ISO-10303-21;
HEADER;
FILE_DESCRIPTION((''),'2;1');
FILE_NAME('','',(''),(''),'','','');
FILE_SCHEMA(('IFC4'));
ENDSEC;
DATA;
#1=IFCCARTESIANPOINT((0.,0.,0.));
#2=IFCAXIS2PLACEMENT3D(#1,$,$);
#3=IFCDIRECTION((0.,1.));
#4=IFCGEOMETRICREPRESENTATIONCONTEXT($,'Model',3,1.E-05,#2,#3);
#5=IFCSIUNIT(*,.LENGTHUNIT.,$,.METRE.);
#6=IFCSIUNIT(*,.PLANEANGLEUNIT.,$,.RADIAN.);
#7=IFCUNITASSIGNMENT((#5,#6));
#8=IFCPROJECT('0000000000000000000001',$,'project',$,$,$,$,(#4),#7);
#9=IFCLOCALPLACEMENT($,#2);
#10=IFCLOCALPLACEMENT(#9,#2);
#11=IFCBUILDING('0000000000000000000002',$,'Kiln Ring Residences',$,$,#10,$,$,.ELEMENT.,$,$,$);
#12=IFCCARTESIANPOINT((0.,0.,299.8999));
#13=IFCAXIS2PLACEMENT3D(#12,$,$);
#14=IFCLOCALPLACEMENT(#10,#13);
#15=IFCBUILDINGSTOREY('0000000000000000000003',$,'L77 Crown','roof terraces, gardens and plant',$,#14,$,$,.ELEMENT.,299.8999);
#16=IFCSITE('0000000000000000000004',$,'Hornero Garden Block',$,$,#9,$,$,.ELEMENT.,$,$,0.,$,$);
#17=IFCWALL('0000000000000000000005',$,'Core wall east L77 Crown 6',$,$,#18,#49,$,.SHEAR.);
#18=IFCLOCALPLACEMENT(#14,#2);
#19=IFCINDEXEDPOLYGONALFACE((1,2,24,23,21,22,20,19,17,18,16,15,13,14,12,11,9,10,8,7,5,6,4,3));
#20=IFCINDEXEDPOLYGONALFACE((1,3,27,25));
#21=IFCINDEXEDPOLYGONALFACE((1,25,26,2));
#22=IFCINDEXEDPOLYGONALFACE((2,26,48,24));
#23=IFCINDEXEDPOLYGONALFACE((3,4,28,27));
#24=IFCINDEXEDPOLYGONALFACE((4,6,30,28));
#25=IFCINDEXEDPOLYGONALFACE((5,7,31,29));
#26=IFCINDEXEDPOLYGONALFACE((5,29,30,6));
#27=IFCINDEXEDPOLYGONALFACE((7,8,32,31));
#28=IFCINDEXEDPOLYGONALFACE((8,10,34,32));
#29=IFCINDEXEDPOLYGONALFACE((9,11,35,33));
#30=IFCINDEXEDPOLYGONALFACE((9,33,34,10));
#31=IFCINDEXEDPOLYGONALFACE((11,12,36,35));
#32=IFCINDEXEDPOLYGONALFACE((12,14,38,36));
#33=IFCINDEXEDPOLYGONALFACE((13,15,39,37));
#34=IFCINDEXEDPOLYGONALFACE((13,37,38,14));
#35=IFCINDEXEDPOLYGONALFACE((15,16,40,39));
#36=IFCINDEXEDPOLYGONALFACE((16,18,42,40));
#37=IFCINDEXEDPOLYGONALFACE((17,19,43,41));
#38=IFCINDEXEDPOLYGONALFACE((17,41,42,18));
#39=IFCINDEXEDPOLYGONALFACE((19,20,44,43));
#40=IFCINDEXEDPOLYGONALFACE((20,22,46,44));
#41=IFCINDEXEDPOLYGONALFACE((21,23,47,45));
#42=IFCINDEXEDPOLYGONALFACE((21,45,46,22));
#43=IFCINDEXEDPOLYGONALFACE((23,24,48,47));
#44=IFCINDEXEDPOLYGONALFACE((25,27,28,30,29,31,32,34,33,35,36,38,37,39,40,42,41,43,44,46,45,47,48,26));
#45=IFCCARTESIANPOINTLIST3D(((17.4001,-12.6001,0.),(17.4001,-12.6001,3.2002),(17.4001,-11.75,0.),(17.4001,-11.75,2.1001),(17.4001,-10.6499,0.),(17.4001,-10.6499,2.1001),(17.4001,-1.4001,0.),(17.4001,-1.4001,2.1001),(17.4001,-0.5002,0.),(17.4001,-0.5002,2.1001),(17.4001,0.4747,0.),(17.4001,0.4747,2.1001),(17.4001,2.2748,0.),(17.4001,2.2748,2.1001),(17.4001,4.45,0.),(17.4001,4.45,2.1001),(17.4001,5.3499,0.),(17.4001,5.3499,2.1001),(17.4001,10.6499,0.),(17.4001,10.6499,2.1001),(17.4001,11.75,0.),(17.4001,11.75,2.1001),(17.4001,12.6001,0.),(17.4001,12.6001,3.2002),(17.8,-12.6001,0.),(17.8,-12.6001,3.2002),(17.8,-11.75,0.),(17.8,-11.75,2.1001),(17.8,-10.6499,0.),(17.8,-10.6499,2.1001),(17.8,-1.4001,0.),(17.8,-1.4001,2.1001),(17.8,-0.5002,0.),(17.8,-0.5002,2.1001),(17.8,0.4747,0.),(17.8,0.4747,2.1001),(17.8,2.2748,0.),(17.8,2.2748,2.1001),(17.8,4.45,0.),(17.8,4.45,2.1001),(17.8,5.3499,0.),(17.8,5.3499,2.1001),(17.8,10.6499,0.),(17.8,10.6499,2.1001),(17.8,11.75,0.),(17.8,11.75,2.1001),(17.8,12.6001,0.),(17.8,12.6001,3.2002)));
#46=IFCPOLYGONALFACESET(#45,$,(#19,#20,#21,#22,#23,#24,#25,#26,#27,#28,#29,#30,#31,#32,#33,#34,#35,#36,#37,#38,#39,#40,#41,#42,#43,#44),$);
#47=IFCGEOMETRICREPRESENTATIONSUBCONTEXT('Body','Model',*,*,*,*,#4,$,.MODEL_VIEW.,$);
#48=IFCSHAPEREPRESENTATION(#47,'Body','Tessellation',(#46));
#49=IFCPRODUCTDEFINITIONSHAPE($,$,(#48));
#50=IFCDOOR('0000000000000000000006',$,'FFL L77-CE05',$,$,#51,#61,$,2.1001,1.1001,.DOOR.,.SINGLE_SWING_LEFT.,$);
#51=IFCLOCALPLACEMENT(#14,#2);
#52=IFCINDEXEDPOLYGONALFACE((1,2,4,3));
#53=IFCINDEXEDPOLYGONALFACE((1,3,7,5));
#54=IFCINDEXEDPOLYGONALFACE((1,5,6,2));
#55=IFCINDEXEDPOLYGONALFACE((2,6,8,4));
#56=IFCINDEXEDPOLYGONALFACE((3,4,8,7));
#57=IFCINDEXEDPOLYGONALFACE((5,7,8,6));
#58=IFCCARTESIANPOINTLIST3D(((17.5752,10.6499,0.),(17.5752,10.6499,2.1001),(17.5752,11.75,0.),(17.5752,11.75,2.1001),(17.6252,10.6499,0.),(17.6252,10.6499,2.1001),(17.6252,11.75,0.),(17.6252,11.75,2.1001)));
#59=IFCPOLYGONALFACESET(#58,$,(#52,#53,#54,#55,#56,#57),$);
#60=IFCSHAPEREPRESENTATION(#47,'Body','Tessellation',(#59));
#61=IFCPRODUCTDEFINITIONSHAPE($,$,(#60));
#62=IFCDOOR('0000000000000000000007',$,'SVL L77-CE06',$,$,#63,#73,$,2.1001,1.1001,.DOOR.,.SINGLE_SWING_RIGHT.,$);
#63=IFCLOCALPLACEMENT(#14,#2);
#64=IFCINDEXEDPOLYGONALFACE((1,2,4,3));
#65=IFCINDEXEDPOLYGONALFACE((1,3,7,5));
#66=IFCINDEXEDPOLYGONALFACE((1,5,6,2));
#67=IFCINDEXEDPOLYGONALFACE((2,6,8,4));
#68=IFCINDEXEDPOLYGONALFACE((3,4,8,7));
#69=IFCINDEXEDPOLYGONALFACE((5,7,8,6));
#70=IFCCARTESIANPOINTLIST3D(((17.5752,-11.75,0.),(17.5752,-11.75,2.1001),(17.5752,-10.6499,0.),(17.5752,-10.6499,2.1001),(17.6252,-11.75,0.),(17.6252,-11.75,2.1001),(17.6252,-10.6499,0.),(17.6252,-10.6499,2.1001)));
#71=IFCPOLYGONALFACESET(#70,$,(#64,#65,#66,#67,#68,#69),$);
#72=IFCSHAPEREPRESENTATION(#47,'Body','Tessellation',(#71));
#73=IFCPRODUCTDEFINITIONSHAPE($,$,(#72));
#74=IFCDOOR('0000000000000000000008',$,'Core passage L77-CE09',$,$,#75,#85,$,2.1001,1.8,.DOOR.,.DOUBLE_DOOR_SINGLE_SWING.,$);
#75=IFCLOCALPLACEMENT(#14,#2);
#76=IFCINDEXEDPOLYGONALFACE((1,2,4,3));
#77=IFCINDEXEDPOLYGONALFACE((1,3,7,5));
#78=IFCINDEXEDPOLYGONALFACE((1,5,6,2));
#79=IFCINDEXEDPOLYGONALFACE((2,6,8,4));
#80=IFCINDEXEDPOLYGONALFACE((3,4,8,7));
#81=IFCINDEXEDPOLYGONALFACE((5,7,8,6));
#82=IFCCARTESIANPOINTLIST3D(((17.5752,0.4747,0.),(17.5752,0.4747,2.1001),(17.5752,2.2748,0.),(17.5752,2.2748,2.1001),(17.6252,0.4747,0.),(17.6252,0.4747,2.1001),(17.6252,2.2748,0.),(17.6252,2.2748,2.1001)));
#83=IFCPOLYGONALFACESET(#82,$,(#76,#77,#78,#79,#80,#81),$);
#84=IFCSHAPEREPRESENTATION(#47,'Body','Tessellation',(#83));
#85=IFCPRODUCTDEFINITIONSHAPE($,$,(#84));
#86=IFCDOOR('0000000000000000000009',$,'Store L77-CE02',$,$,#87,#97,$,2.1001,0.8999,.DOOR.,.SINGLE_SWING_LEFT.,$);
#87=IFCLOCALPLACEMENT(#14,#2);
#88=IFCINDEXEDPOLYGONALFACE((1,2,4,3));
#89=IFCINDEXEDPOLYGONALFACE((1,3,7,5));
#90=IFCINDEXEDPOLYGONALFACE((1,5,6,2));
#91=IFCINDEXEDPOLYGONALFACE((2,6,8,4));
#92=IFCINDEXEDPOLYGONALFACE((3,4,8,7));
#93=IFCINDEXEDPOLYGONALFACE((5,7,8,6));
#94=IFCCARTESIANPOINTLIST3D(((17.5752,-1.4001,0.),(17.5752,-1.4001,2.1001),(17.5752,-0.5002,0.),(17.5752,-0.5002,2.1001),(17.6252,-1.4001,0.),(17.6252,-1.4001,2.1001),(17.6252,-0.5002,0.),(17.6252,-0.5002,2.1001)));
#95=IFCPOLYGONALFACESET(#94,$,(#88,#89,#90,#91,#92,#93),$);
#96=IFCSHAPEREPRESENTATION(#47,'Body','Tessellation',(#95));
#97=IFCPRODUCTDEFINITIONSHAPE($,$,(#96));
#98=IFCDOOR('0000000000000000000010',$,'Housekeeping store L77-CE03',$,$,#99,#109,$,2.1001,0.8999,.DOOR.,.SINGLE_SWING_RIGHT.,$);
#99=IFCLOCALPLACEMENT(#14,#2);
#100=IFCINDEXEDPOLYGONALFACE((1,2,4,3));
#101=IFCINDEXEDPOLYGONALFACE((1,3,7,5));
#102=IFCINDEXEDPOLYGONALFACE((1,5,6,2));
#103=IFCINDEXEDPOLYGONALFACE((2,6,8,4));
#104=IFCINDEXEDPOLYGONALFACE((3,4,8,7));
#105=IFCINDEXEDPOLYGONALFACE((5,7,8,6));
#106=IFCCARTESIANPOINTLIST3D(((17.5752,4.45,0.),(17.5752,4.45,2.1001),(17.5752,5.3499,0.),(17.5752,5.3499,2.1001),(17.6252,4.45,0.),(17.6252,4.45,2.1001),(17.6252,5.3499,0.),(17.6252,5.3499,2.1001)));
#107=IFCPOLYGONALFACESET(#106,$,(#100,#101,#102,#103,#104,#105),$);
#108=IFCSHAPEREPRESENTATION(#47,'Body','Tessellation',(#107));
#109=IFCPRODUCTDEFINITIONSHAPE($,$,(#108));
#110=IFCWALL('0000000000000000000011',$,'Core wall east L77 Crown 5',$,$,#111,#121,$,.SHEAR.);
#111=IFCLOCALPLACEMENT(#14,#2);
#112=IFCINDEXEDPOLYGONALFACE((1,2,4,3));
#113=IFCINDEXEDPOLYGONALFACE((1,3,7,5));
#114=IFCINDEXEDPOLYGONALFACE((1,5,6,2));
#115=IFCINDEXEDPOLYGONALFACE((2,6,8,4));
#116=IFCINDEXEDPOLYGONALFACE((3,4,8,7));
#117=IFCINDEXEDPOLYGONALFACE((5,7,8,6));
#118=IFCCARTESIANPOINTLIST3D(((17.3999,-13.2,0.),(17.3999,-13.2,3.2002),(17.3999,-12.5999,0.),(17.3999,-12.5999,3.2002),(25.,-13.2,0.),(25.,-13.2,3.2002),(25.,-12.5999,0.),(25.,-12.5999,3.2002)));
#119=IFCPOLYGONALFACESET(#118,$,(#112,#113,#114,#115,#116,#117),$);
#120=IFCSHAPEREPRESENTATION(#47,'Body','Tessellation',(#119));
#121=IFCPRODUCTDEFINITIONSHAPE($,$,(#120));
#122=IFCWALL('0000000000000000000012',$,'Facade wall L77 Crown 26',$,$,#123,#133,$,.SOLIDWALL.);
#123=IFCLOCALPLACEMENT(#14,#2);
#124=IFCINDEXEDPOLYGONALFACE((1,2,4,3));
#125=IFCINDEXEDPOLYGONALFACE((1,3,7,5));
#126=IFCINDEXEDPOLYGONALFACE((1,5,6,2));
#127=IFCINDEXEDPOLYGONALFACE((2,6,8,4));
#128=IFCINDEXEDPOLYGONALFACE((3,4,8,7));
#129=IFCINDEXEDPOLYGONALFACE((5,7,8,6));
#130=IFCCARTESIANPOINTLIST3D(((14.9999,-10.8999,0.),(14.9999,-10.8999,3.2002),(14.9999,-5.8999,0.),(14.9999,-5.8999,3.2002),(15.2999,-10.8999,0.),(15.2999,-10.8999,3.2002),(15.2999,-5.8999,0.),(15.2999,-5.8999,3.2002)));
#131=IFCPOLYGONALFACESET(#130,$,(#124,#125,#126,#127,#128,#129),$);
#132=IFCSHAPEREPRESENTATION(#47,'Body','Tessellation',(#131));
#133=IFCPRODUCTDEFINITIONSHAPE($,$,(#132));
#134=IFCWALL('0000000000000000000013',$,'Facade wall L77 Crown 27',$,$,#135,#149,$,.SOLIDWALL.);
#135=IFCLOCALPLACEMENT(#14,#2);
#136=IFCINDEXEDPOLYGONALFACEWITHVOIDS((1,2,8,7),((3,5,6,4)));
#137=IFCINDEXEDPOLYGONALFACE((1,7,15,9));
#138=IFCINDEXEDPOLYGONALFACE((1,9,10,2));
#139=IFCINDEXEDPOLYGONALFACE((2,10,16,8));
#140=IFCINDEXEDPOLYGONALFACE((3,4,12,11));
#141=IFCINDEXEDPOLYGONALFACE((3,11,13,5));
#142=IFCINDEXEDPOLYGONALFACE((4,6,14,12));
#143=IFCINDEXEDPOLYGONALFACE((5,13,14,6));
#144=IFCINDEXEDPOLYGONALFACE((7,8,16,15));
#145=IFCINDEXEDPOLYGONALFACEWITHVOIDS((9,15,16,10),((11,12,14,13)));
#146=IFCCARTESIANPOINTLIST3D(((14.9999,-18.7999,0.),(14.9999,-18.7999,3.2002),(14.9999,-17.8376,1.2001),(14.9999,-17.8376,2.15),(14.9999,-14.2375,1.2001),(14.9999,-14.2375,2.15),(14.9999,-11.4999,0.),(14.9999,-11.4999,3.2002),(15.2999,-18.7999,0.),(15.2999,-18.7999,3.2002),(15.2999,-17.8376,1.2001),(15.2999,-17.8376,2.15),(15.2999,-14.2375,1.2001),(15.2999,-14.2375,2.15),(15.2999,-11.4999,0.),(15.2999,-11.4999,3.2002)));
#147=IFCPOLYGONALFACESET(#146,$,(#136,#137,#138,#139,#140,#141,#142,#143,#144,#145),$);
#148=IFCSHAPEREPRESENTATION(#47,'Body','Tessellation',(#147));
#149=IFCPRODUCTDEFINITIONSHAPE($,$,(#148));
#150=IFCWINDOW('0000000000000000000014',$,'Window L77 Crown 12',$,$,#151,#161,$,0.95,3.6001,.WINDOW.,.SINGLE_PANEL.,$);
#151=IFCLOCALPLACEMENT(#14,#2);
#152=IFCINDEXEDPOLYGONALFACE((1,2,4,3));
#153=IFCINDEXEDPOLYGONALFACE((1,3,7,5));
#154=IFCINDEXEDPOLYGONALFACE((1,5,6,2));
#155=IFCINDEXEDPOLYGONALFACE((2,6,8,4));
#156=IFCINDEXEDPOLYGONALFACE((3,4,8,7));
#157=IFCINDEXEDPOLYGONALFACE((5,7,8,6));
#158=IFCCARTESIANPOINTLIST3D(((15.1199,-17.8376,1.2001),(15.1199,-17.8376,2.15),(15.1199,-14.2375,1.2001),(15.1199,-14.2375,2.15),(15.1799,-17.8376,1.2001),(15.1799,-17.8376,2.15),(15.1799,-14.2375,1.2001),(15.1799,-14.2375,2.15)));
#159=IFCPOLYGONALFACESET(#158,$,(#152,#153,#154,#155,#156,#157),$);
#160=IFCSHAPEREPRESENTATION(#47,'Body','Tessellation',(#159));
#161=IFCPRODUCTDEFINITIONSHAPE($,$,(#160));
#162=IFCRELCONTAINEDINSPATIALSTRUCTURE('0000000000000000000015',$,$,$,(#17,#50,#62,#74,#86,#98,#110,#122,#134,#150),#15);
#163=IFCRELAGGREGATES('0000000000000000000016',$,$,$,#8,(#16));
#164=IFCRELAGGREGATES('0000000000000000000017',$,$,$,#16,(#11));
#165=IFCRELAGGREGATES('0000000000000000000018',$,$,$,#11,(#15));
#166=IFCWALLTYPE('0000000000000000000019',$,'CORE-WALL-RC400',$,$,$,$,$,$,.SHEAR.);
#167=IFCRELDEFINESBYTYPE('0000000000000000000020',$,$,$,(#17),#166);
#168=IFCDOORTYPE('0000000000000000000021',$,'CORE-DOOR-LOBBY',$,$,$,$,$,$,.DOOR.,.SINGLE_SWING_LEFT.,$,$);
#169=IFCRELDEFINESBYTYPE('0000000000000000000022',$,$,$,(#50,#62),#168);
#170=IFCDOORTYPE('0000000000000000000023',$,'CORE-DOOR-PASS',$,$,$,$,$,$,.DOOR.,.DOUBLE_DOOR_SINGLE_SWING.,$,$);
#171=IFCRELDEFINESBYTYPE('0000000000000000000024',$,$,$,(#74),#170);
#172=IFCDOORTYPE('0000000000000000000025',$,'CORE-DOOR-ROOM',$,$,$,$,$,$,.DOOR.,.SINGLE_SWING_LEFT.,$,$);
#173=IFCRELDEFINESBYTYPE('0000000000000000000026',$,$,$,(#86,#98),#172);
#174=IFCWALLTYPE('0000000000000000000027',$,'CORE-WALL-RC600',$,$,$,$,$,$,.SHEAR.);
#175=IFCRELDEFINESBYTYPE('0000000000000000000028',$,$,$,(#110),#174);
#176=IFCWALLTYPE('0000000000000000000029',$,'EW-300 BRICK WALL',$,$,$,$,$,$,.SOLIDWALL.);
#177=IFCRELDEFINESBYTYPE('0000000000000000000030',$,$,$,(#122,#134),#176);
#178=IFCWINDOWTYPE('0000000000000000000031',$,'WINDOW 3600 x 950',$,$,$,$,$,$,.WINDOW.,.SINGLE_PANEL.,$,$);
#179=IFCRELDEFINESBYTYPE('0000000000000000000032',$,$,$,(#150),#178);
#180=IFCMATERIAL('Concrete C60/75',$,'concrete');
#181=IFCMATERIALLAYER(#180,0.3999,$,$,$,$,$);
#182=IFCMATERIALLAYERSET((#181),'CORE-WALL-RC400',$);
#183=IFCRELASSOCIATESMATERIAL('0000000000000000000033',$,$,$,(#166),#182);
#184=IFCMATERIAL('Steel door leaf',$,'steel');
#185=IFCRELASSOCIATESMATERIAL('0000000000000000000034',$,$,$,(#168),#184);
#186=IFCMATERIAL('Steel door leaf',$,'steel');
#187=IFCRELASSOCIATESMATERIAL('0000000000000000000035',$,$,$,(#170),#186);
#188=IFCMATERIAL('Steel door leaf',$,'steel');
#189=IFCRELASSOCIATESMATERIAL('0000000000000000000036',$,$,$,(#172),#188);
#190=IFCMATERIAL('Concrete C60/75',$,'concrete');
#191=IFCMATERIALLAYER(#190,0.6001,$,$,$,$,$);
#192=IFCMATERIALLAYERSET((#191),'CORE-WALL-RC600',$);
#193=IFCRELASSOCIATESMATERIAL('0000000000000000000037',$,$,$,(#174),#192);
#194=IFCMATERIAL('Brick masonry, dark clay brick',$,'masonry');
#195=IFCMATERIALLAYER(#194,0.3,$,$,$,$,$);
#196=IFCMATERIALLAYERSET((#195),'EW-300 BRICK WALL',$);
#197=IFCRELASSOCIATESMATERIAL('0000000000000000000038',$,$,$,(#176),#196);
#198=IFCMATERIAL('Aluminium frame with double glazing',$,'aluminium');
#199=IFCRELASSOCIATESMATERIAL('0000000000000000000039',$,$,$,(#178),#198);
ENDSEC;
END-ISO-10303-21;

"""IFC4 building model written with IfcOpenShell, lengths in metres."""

from ifc_helpers import new_model, si_unit, direction, frame, frame_2d, origin, place, context, subcontext, project, spatial, rectangle, extrude, material, layer, layer_set, type_object, element, fill, save


model = new_model("IFC4")

# Units and contexts
model_context = context("Model", 3, precision=1e-05, world=origin(), true_north=direction((0.0, 1.0)))
body_context = subcontext(model_context, "Body", "Model", "MODEL_VIEW")
ifc_project = project(units=[si_unit("LENGTHUNIT", "METRE"), si_unit("PLANEANGLEUNIT", "RADIAN")], contexts=[model_context])

# Site, building, storey
site_placement = place(None, origin())
site = spatial("IfcSite", under=ifc_project, at=site_placement, Name="Hornero Garden Block", CompositionType="ELEMENT", RefElevation=0.0)
building_placement = place(site_placement, origin())
building = spatial("IfcBuilding", under=site, at=building_placement, Name="Kiln Ring Residences", CompositionType="ELEMENT")
storey_placement = place(building_placement, frame((0.0, 0.0, 299.8999)))
storey = spatial("IfcBuildingStorey", under=building, at=storey_placement, Name="L77 Crown", Description="roof terraces, gardens and plant", CompositionType="ELEMENT", Elevation=299.8999)

# Wall, openings, doors
ifc_material_1 = material(Name="Concrete C60/75", Category="concrete")
ifc_layer_1 = layer(ifc_material_1, 0.3999)
ifc_layer_set_1 = layer_set([ifc_layer_1], Name="CORE-WALL-RC400")
wall_type_1 = type_object("IfcWallType", Name="CORE-WALL-RC400", PredefinedType="SHEAR", material=ifc_layer_set_1)
wall_1_placement = place(storey_placement, frame((17.6001, -12.6001, 0.0), z_axis=(0.0, 0.0, 1.0), x_axis=(0.0, 1.0, 0.0)))
wall_1 = element("IfcWall", 1, at=wall_1_placement, inside=storey, type_object=wall_type_1, Name="Core wall east L77 Crown 6", PredefinedType="SHEAR", context=body_context, shape_type="SweptSolid", body=[
    extrude(rectangle(XDim=25.2002, YDim=0.3999, at=frame_2d((12.6001, 0.0))), origin(), (0.0, 0.0, 1.0), 3.2002),
])
opening_1_placement = place(wall_1_placement, frame((11.2, 0.0, 0.0)))
opening_1 = element("IfcOpeningElement", 2, at=opening_1_placement, cuts=wall_1, PredefinedType="OPENING", context=body_context, shape_type="SweptSolid", body=[
    extrude(rectangle(XDim=0.8999, YDim=2.1001, at=frame_2d((0.45, 1.05))), frame((0.0, 0.21, 0.0), z_axis=(0.0, -1.0, 0.0), x_axis=(1.0, 0.0, 0.0)), (0.0, 0.0, 1.0), 0.4199),
])
opening_2_placement = place(wall_1_placement, frame((17.05, 0.0, 0.0)))
opening_2 = element("IfcOpeningElement", 3, at=opening_2_placement, cuts=wall_1, PredefinedType="OPENING", context=body_context, shape_type="SweptSolid", body=[
    extrude(rectangle(XDim=0.8999, YDim=2.1001, at=frame_2d((0.45, 1.05))), frame((0.0, 0.21, 0.0), z_axis=(0.0, -1.0, 0.0), x_axis=(1.0, 0.0, 0.0)), (0.0, 0.0, 1.0), 0.4199),
])
opening_3_placement = place(wall_1_placement, frame((23.25, 0.0, 0.0)))
opening_3 = element("IfcOpeningElement", 4, at=opening_3_placement, cuts=wall_1, PredefinedType="OPENING", context=body_context, shape_type="SweptSolid", body=[
    extrude(rectangle(XDim=1.1001, YDim=2.1001, at=frame_2d((0.55, 1.05))), frame((0.0, 0.21, 0.0), z_axis=(0.0, -1.0, 0.0), x_axis=(1.0, 0.0, 0.0)), (0.0, 0.0, 1.0), 0.4199),
])
opening_4_placement = place(wall_1_placement, frame((0.8501, 0.0, 0.0)))
opening_4 = element("IfcOpeningElement", 5, at=opening_4_placement, cuts=wall_1, PredefinedType="OPENING", context=body_context, shape_type="SweptSolid", body=[
    extrude(rectangle(XDim=1.1001, YDim=2.1001, at=frame_2d((0.55, 1.05))), frame((0.0, 0.21, 0.0), z_axis=(0.0, -1.0, 0.0), x_axis=(1.0, 0.0, 0.0)), (0.0, 0.0, 1.0), 0.4199),
])
opening_5_placement = place(wall_1_placement, frame((13.075, 0.0, 0.0)))
opening_5 = element("IfcOpeningElement", 6, at=opening_5_placement, cuts=wall_1, PredefinedType="OPENING", context=body_context, shape_type="SweptSolid", body=[
    extrude(rectangle(XDim=1.8, YDim=2.1001, at=frame_2d((0.8999, 1.05))), frame((0.0, 0.21, 0.0), z_axis=(0.0, -1.0, 0.0), x_axis=(1.0, 0.0, 0.0)), (0.0, 0.0, 1.0), 0.4199),
])
ifc_material_2 = material(Name="Steel door leaf", Category="steel")
door_type_1 = type_object("IfcDoorType", Name="CORE-DOOR-LOBBY", OperationType="SINGLE_SWING_LEFT", PredefinedType="DOOR", material=ifc_material_2)
door_1_placement = place(opening_3_placement, origin())
door_1 = element("IfcDoor", 7, at=door_1_placement, inside=storey, type_object=door_type_1, Name="FFL L77-CE05", OperationType="SINGLE_SWING_LEFT", OverallHeight=2.1001, OverallWidth=1.1001, PredefinedType="DOOR", context=body_context, shape_type="SweptSolid", body=[
    extrude(rectangle(XDim=1.1001, YDim=2.1001, at=frame_2d((0.55, 1.05))), frame((0.0, 0.0249, 0.0), z_axis=(0.0, -1.0, 0.0), x_axis=(1.0, 0.0, 0.0)), (0.0, 0.0, 1.0), 0.05),
])
fill(opening_3, door_1)
door_2_placement = place(opening_4_placement, origin())
door_2 = element("IfcDoor", 8, at=door_2_placement, inside=storey, type_object=door_type_1, Name="SVL L77-CE06", OperationType="SINGLE_SWING_RIGHT", OverallHeight=2.1001, OverallWidth=1.1001, PredefinedType="DOOR", context=body_context, shape_type="SweptSolid", body=[
    extrude(rectangle(XDim=1.1001, YDim=2.1001, at=frame_2d((0.55, 1.05))), frame((0.0, 0.0249, 0.0), z_axis=(0.0, -1.0, 0.0), x_axis=(1.0, 0.0, 0.0)), (0.0, 0.0, 1.0), 0.05),
])
fill(opening_4, door_2)
ifc_material_3 = material(Name="Steel door leaf", Category="steel")
door_type_2 = type_object("IfcDoorType", Name="CORE-DOOR-PASS", OperationType="DOUBLE_DOOR_SINGLE_SWING", PredefinedType="DOOR", material=ifc_material_3)
door_3_placement = place(opening_5_placement, origin())
door_3 = element("IfcDoor", 9, at=door_3_placement, inside=storey, type_object=door_type_2, Name="Core passage L77-CE09", OperationType="DOUBLE_DOOR_SINGLE_SWING", OverallHeight=2.1001, OverallWidth=1.8, PredefinedType="DOOR", context=body_context, shape_type="SweptSolid", body=[
    extrude(rectangle(XDim=1.8, YDim=2.1001, at=frame_2d((0.8999, 1.05))), frame((0.0, 0.0249, 0.0), z_axis=(0.0, -1.0, 0.0), x_axis=(1.0, 0.0, 0.0)), (0.0, 0.0, 1.0), 0.05),
])
fill(opening_5, door_3)
ifc_material_4 = material(Name="Steel door leaf", Category="steel")
door_type_3 = type_object("IfcDoorType", Name="CORE-DOOR-ROOM", OperationType="SINGLE_SWING_LEFT", PredefinedType="DOOR", material=ifc_material_4)
door_4_placement = place(opening_1_placement, origin())
door_4 = element("IfcDoor", 10, at=door_4_placement, inside=storey, type_object=door_type_3, Name="Store L77-CE02", OperationType="SINGLE_SWING_LEFT", OverallHeight=2.1001, OverallWidth=0.8999, PredefinedType="DOOR", context=body_context, shape_type="SweptSolid", body=[
    extrude(rectangle(XDim=0.8999, YDim=2.1001, at=frame_2d((0.45, 1.05))), frame((0.0, 0.0249, 0.0), z_axis=(0.0, -1.0, 0.0), x_axis=(1.0, 0.0, 0.0)), (0.0, 0.0, 1.0), 0.05),
])
fill(opening_1, door_4)
door_5_placement = place(opening_2_placement, origin())
door_5 = element("IfcDoor", 11, at=door_5_placement, inside=storey, type_object=door_type_3, Name="Housekeeping store L77-CE03", OperationType="SINGLE_SWING_RIGHT", OverallHeight=2.1001, OverallWidth=0.8999, PredefinedType="DOOR", context=body_context, shape_type="SweptSolid", body=[
    extrude(rectangle(XDim=0.8999, YDim=2.1001, at=frame_2d((0.45, 1.05))), frame((0.0, 0.0249, 0.0), z_axis=(0.0, -1.0, 0.0), x_axis=(1.0, 0.0, 0.0)), (0.0, 0.0, 1.0), 0.05),
])
fill(opening_2, door_5)

# Walls
ifc_material_5 = material(Name="Concrete C60/75", Category="concrete")
ifc_layer_2 = layer(ifc_material_5, 0.6001)
ifc_layer_set_2 = layer_set([ifc_layer_2], Name="CORE-WALL-RC600")
wall_type_2 = type_object("IfcWallType", Name="CORE-WALL-RC600", PredefinedType="SHEAR", material=ifc_layer_set_2)
wall_2_placement = place(storey_placement, frame((17.3999, -12.8999, 0.0), z_axis=(0.0, 0.0, 1.0), x_axis=(1.0, 0.0, 0.0)))
element("IfcWall", 12, at=wall_2_placement, inside=storey, type_object=wall_type_2, Name="Core wall east L77 Crown 5", PredefinedType="SHEAR", context=body_context, shape_type="SweptSolid", body=[
    extrude(rectangle(XDim=7.6001, YDim=0.6001, at=frame_2d((3.8, 0.0))), origin(), (0.0, 0.0, 1.0), 3.2002),
])
ifc_material_6 = material(Name="Brick masonry, dark clay brick", Category="masonry")
ifc_layer_3 = layer(ifc_material_6, 0.3)
ifc_layer_set_3 = layer_set([ifc_layer_3], Name="EW-300 BRICK WALL")
wall_type_3 = type_object("IfcWallType", Name="EW-300 BRICK WALL", PredefinedType="SOLIDWALL", material=ifc_layer_set_3)
wall_3_placement = place(storey_placement, frame((15.1499, -5.8999, 0.0), z_axis=(0.0, 0.0, 1.0), x_axis=(0.0, -1.0, 0.0)))
element("IfcWall", 13, at=wall_3_placement, inside=storey, type_object=wall_type_3, Name="Facade wall L77 Crown 26", PredefinedType="SOLIDWALL", context=body_context, shape_type="SweptSolid", body=[
    extrude(rectangle(XDim=5.0, YDim=0.3, at=frame_2d((2.5, 0.0))), origin(), (0.0, 0.0, 1.0), 3.2002),
])

# Wall, opening, window
wall_4_placement = place(storey_placement, frame((15.1499, -11.5, 0.0), z_axis=(0.0, 0.0, 1.0), x_axis=(0.0, -1.0, 0.0)))
wall_4 = element("IfcWall", 14, at=wall_4_placement, inside=storey, type_object=wall_type_3, Name="Facade wall L77 Crown 27", PredefinedType="SOLIDWALL", context=body_context, shape_type="SweptSolid", body=[
    extrude(rectangle(XDim=7.3, YDim=0.3, at=frame_2d((3.6499, 0.0))), origin(), (0.0, 0.0, 1.0), 3.2002),
])
opening_6_placement = place(wall_4_placement, frame((2.7375, 0.0, 1.2)))
opening_6 = element("IfcOpeningElement", 15, at=opening_6_placement, cuts=wall_4, PredefinedType="OPENING", context=body_context, shape_type="SweptSolid", body=[
    extrude(rectangle(XDim=3.6001, YDim=0.95, at=frame_2d((1.8, 0.4751))), frame((0.0, 0.1599, 0.0), z_axis=(0.0, -1.0, 0.0), x_axis=(1.0, 0.0, 0.0)), (0.0, 0.0, 1.0), 0.3201),
])
ifc_material_7 = material(Name="Aluminium frame with double glazing", Category="aluminium")
window_type = type_object("IfcWindowType", Name="WINDOW 3600 x 950", PartitioningType="SINGLE_PANEL", PredefinedType="WINDOW", material=ifc_material_7)
window_placement = place(opening_6_placement, origin())
window = element("IfcWindow", 16, at=window_placement, inside=storey, type_object=window_type, Name="Window L77 Crown 12", OverallHeight=0.95, OverallWidth=3.6001, PartitioningType="SINGLE_PANEL", PredefinedType="WINDOW", context=body_context, shape_type="SweptSolid", body=[
    extrude(rectangle(XDim=3.6001, YDim=0.95, at=frame_2d((1.8, 0.4751))), frame((0.0, 0.03, 0.0), z_axis=(0.0, -1.0, 0.0), x_axis=(1.0, 0.0, 0.0)), (0.0, 0.0, 1.0), 0.0601),
])
fill(opening_6, window)

save(model, "model.ifc")
